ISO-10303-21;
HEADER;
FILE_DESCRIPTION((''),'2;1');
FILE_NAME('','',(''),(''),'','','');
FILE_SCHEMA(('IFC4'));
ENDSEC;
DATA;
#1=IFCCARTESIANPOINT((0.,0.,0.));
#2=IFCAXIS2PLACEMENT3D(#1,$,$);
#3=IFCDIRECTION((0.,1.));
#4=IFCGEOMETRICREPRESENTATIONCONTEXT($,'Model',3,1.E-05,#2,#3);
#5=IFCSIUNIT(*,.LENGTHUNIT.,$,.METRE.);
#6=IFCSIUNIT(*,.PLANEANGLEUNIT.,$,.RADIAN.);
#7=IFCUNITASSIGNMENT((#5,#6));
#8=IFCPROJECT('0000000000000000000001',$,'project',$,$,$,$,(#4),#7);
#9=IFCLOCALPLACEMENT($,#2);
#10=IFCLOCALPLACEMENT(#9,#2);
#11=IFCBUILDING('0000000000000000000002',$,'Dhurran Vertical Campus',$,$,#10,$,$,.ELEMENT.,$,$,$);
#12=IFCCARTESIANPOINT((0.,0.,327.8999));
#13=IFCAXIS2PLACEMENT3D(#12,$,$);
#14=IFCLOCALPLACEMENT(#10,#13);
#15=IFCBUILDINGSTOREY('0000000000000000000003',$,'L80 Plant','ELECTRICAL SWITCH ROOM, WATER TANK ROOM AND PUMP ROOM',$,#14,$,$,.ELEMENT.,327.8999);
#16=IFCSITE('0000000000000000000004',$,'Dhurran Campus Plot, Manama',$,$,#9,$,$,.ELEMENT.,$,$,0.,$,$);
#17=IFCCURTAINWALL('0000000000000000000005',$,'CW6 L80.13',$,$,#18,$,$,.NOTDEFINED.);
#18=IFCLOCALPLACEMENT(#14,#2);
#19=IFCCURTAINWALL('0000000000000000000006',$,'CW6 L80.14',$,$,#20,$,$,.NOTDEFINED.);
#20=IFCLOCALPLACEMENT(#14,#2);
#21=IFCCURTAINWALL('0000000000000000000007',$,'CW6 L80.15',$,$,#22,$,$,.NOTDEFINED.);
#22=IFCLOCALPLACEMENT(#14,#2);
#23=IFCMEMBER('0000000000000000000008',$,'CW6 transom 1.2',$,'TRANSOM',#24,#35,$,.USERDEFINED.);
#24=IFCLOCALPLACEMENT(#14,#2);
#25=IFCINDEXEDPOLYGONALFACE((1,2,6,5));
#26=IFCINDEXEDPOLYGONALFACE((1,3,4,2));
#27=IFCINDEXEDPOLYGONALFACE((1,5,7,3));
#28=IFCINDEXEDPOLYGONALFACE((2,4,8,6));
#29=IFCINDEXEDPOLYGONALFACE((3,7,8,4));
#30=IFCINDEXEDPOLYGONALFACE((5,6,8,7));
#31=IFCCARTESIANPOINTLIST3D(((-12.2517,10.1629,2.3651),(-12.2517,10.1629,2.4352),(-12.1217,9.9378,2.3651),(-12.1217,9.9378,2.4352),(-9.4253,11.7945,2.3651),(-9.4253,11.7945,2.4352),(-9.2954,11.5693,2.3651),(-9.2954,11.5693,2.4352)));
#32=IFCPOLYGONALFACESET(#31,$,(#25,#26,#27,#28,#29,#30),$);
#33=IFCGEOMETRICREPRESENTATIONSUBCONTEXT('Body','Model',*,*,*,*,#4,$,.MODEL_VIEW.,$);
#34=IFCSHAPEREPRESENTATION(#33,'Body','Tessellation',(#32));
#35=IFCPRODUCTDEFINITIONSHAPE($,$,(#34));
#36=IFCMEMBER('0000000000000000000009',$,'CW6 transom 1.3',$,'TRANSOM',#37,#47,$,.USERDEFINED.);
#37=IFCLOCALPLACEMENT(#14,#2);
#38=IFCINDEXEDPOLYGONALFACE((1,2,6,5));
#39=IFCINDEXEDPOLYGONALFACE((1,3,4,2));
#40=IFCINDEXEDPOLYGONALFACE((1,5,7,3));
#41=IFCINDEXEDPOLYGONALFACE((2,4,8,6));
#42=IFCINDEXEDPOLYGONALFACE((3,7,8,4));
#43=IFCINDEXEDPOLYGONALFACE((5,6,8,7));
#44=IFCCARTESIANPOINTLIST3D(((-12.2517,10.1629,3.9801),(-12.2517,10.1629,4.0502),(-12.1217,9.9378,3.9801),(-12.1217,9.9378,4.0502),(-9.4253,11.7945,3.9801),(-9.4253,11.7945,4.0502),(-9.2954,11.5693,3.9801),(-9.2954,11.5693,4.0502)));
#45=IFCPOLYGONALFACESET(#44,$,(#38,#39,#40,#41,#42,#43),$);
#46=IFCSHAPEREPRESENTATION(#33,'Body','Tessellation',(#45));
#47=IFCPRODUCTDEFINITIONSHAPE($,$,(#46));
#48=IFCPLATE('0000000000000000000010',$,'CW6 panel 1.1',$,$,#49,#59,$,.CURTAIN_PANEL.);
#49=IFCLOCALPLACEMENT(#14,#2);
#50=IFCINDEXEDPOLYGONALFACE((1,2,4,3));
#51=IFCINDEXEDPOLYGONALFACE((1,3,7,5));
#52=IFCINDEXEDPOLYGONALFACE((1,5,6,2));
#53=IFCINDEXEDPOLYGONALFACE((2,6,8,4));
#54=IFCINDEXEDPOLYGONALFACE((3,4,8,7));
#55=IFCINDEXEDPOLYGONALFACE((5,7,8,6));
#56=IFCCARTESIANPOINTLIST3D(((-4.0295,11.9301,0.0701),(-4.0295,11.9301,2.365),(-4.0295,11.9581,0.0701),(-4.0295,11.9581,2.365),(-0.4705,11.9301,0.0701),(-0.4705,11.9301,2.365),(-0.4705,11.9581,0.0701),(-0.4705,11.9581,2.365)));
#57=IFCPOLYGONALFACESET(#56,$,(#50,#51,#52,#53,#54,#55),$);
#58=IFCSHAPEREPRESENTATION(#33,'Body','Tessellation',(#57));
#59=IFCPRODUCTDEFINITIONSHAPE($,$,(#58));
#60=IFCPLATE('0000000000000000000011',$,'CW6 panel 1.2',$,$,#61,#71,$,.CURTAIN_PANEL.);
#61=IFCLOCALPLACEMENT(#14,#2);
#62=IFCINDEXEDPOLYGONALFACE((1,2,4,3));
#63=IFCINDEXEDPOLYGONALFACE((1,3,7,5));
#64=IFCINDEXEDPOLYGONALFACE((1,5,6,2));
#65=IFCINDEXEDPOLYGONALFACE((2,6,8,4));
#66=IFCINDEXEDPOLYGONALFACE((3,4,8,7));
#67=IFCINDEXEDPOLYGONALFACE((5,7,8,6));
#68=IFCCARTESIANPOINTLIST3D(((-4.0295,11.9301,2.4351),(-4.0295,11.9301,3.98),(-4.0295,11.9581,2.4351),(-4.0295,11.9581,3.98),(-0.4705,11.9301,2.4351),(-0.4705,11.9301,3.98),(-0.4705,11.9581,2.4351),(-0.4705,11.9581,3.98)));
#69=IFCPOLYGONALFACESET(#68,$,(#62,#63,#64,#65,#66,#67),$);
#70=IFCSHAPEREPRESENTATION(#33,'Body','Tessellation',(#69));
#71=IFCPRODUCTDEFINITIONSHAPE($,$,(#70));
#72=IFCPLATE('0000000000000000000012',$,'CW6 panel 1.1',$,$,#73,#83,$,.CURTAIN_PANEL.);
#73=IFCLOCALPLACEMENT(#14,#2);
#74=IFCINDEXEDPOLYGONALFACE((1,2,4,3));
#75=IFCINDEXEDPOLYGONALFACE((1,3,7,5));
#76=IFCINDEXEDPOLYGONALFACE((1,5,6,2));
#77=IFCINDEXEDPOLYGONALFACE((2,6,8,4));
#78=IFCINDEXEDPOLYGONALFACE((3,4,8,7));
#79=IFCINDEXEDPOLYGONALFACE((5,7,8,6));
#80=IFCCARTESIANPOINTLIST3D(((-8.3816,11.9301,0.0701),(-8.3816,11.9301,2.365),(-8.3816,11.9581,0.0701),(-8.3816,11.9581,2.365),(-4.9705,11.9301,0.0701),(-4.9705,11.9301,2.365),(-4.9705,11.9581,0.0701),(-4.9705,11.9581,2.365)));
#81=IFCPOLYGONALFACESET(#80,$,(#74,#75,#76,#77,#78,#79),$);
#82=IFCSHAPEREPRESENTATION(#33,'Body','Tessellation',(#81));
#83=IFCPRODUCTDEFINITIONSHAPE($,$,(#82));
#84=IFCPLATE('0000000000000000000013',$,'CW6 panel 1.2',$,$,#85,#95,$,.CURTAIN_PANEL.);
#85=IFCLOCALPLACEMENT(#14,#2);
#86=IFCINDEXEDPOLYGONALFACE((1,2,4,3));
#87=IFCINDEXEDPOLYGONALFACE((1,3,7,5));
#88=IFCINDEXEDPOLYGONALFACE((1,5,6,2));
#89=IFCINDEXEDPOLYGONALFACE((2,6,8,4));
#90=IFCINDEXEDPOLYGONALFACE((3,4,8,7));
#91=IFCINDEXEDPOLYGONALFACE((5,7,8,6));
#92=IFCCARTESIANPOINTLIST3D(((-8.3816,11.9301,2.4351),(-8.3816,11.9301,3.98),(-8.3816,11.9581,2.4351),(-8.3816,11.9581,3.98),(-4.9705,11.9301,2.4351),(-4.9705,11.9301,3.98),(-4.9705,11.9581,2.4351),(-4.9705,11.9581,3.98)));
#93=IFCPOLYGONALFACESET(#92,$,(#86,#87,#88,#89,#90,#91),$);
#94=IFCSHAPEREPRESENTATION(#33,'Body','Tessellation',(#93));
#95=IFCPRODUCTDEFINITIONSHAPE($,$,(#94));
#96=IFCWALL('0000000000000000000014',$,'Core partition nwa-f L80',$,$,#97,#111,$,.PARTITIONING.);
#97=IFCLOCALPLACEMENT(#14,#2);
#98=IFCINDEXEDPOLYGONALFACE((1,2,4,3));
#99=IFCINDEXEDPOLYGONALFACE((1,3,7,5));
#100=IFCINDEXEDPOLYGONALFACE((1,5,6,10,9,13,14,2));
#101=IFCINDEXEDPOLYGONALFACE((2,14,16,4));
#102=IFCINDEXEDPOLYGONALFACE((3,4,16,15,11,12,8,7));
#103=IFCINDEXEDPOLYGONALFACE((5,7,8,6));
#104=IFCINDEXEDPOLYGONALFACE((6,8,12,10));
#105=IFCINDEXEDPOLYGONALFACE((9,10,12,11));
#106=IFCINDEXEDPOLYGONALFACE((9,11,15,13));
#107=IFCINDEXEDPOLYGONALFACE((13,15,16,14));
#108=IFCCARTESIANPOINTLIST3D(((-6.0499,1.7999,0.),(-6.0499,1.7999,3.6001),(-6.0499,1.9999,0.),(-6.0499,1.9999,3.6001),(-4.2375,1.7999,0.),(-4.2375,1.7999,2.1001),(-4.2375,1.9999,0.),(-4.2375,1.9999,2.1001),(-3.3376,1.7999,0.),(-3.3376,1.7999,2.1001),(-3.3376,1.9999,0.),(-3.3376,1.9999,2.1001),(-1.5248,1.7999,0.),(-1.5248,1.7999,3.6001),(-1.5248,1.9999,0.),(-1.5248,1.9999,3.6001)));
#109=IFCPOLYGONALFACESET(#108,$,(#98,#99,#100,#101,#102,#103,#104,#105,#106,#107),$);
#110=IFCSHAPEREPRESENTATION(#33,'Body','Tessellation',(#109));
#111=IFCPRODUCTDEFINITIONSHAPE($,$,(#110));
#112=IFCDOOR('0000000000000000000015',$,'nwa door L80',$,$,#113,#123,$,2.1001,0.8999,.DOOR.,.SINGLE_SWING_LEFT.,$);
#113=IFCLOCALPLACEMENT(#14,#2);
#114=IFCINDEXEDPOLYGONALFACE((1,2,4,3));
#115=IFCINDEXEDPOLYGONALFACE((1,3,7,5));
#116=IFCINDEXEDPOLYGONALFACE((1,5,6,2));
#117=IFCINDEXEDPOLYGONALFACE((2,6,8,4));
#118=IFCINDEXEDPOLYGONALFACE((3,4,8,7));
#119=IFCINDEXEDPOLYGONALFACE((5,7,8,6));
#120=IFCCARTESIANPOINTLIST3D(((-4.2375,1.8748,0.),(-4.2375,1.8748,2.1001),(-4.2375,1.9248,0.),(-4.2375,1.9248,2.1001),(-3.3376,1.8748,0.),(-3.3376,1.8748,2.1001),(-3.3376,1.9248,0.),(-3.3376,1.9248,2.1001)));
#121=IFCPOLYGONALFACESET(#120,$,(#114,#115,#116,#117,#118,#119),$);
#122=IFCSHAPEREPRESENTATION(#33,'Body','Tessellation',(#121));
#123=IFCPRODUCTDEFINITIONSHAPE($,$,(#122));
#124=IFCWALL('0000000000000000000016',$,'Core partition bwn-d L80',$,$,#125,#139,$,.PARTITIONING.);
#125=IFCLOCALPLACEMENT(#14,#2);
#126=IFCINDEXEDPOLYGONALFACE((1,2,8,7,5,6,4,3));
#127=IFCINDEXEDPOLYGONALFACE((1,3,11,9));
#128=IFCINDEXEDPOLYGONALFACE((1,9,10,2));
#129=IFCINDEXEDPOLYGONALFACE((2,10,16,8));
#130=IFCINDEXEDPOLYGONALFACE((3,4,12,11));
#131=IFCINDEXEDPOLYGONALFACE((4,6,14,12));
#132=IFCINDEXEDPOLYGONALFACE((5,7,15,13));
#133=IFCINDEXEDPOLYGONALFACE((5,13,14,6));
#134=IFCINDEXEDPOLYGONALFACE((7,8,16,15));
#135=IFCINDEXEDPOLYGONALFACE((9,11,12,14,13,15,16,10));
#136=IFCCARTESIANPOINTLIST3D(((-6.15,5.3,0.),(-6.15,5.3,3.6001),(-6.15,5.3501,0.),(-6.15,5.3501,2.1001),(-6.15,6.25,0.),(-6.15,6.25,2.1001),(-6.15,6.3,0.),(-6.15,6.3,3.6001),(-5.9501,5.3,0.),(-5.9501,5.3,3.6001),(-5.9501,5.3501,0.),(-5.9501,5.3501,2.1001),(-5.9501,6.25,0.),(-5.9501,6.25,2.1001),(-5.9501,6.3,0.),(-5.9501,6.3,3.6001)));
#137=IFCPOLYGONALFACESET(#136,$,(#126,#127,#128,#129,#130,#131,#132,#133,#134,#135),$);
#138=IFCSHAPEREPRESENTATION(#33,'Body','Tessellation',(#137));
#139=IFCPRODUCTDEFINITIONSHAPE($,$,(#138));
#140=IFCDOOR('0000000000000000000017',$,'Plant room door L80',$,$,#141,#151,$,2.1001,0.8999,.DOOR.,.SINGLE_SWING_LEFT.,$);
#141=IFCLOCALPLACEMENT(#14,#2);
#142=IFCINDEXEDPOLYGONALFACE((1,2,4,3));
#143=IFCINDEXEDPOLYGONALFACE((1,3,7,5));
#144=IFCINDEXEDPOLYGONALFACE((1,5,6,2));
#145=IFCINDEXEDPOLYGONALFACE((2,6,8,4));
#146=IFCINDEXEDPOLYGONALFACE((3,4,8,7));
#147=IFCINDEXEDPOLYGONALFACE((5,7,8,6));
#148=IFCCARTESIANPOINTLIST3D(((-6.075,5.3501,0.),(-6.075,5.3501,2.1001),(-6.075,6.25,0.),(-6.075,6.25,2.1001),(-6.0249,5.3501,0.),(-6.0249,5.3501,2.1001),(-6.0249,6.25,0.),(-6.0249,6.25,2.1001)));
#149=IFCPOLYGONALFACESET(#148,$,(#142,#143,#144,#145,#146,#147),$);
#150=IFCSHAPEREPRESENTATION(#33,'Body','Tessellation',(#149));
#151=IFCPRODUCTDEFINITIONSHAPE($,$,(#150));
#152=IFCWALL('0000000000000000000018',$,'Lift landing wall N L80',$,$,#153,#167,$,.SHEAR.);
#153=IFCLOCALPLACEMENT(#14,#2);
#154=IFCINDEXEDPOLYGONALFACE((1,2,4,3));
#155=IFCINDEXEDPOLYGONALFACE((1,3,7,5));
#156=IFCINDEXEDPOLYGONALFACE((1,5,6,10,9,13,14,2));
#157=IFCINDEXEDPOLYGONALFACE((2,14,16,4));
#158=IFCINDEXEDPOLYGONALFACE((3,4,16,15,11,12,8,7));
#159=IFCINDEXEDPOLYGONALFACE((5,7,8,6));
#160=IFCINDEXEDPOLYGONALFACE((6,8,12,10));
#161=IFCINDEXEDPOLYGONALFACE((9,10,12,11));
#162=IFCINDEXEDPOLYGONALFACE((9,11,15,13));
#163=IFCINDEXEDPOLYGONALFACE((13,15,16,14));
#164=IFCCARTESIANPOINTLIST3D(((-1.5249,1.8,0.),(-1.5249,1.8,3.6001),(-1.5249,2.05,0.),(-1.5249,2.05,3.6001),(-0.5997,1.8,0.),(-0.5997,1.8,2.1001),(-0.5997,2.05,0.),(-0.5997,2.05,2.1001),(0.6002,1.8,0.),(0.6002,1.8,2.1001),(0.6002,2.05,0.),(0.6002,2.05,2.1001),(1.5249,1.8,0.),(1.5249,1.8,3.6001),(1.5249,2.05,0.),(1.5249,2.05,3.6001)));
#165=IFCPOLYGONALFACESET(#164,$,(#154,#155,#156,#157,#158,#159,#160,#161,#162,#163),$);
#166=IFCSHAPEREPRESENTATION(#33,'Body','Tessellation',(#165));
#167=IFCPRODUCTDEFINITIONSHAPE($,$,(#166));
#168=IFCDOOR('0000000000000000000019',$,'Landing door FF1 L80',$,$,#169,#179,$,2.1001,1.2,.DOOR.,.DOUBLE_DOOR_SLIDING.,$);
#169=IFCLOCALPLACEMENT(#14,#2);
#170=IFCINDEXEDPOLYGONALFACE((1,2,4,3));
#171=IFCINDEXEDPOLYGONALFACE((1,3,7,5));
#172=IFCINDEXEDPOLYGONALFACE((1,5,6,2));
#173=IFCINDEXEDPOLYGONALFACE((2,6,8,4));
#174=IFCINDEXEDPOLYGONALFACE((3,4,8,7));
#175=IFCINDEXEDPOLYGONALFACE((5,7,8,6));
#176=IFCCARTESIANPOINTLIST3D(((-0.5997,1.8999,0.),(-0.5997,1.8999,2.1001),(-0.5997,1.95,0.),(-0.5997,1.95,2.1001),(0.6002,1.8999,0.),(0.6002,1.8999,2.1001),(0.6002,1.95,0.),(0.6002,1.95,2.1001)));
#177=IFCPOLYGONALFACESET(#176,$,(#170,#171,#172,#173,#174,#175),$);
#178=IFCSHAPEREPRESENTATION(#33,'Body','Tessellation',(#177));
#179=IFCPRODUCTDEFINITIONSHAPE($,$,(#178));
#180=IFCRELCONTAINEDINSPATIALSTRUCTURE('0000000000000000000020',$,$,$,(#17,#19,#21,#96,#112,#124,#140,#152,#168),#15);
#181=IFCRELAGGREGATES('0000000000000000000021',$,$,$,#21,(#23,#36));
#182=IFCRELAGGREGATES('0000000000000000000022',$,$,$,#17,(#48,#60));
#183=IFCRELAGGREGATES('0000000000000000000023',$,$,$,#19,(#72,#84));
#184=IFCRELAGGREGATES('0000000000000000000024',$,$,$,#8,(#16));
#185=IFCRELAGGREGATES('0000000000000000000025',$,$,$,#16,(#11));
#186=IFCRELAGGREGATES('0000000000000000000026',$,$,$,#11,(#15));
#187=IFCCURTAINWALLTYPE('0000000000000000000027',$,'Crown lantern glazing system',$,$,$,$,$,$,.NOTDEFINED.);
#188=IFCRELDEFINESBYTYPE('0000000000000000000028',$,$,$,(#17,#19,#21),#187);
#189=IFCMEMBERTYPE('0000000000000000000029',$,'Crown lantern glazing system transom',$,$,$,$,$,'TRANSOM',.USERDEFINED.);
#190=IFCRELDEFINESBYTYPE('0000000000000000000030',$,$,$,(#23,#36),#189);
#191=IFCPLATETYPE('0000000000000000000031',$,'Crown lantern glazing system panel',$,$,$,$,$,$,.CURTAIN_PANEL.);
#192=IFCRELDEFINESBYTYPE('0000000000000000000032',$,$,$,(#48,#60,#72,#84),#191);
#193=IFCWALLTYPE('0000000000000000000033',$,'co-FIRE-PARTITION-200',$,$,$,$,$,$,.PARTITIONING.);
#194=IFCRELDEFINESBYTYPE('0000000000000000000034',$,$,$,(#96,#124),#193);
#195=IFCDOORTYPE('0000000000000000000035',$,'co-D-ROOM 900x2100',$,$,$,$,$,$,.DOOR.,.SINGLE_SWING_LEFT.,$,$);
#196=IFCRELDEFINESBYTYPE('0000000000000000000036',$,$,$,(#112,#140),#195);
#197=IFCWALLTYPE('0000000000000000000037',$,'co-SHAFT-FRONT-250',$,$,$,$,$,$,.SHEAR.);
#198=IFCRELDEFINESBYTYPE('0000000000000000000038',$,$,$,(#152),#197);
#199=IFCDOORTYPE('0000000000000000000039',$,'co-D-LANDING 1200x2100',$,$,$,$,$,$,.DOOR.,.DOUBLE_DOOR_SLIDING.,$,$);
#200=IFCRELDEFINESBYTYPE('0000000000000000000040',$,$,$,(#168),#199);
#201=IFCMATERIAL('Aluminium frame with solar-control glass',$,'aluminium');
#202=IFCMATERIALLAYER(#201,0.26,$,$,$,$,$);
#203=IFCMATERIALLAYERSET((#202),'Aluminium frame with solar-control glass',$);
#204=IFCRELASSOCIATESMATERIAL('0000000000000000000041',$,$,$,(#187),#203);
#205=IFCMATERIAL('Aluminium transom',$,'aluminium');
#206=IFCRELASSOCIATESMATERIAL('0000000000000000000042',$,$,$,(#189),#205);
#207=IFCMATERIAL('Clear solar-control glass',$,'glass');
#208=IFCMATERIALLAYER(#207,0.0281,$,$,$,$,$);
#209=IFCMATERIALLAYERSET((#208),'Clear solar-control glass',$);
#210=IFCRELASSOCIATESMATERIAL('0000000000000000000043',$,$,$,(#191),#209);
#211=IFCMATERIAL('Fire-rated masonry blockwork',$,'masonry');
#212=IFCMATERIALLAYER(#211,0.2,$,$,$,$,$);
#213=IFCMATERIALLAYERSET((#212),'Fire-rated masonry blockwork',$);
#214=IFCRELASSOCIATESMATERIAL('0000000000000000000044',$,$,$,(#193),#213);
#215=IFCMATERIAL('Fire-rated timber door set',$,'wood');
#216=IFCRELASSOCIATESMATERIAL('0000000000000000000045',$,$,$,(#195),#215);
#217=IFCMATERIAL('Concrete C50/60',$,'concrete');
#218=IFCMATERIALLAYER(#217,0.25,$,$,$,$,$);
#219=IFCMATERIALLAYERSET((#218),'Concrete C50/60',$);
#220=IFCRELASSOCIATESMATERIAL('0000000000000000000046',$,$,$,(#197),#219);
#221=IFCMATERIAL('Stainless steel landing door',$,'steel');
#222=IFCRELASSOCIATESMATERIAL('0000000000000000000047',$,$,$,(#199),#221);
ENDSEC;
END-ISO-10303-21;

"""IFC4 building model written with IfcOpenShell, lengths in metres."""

from ifc_helpers import new_model, si_unit, direction, frame, frame_2d, origin, origin_2d, place, context, subcontext, project, spatial, rectangle, extrude, material, layer, layer_set, material_profile, profile_set, type_object, element, fill, aggregate, save


model = new_model("IFC4")

# Units and contexts
model_context = context("Model", 3, precision=1e-05, world=origin(), true_north=direction((0.0, 1.0)))
body_context = subcontext(model_context, "Body", "Model", "MODEL_VIEW")
ifc_project = project(units=[si_unit("LENGTHUNIT", "METRE"), si_unit("PLANEANGLEUNIT", "RADIAN")], contexts=[model_context])

# Site, building, storey
site_placement = place(None, origin())
site = spatial("IfcSite", under=ifc_project, at=site_placement, Name="Dhurran Campus Plot, Manama", CompositionType="ELEMENT", RefElevation=0.0)
building_placement = place(site_placement, origin())
building = spatial("IfcBuilding", under=site, at=building_placement, Name="Dhurran Vertical Campus", CompositionType="ELEMENT")
storey_placement = place(building_placement, frame((0.0, 0.0, 327.8999)))
storey = spatial("IfcBuildingStorey", under=building, at=storey_placement, Name="L80 Plant", Description="ELECTRICAL SWITCH ROOM, WATER TANK ROOM AND PUMP ROOM", CompositionType="ELEMENT", Elevation=327.8999)

# Curtain walls
ifc_material_1 = material(Name="Aluminium frame with solar-control glass", Category="aluminium")
ifc_layer_1 = layer(ifc_material_1, 0.26)
ifc_layer_set_1 = layer_set([ifc_layer_1], Name="Aluminium frame with solar-control glass")
curtain_wall_type = type_object("IfcCurtainWallType", Name="Crown lantern glazing system", PredefinedType="NOTDEFINED", material=ifc_layer_set_1)
curtain_wall_1_placement = place(storey_placement, origin())
curtain_wall_1 = element("IfcCurtainWall", 1, at=curtain_wall_1_placement, inside=storey, type_object=curtain_wall_type, Name="CW6 L80.13", PredefinedType="NOTDEFINED")
curtain_wall_2_placement = place(storey_placement, origin())
curtain_wall_2 = element("IfcCurtainWall", 2, at=curtain_wall_2_placement, inside=storey, type_object=curtain_wall_type, Name="CW6 L80.14", PredefinedType="NOTDEFINED")

# Curtain wall
curtain_wall_3_placement = place(storey_placement, origin())
curtain_wall_3 = element("IfcCurtainWall", 3, at=curtain_wall_3_placement, inside=storey, type_object=curtain_wall_type, Name="CW6 L80.15", PredefinedType="NOTDEFINED")

# Members
ifc_material_2 = material(Name="Aluminium transom", Category="aluminium")
ifc_material_profile_1 = material_profile(ifc_material_2, rectangle(XDim=0.26, YDim=0.0701, at=origin_2d()), Name="Crown lantern glazing system transom")
ifc_profile_set_1 = profile_set([ifc_material_profile_1], Name="Aluminium transom")
member_type_1 = type_object("IfcMemberType", Name="Crown lantern glazing system transom", ElementType="TRANSOM", PredefinedType="USERDEFINED", material=ifc_profile_set_1)
member_1_placement = place(storey_placement, frame((-9.3604, 11.6819, 2.4001), z_axis=(-0.866057, -0.499945, 0.0), x_axis=(0.499945, -0.866057, 0.0)))
member_1 = element("IfcMember", 4, at=member_1_placement, type_object=member_type_1, Name="CW6 transom 1.2", ObjectType="TRANSOM", PredefinedType="USERDEFINED", context=body_context, shape_type="SweptSolid", body=[
    extrude(rectangle(XDim=0.26, YDim=0.0701, at=origin_2d()), origin(), (0.0, 0.0, 1.0), 3.2634),
])
member_2_placement = place(storey_placement, frame((-9.3604, 11.6819, 4.0151), z_axis=(-0.866057, -0.499945, 0.0), x_axis=(0.499945, -0.866057, 0.0)))
member_2 = element("IfcMember", 5, at=member_2_placement, type_object=member_type_1, Name="CW6 transom 1.3", ObjectType="TRANSOM", PredefinedType="USERDEFINED", context=body_context, shape_type="SweptSolid", body=[
    extrude(rectangle(XDim=0.26, YDim=0.0701, at=origin_2d()), origin(), (0.0, 0.0, 1.0), 3.2634),
])
aggregate(curtain_wall_3, [member_1, member_2])

# Plates
ifc_material_3 = material(Name="Clear solar-control glass", Category="glass")
ifc_layer_2 = layer(ifc_material_3, 0.0281)
ifc_layer_set_2 = layer_set([ifc_layer_2], Name="Clear solar-control glass")
plate_type = type_object("IfcPlateType", Name="Crown lantern glazing system panel", PredefinedType="CURTAIN_PANEL", material=ifc_layer_set_2)
plate_1_placement = place(storey_placement, frame((-2.25, 11.9441, 0.0701), z_axis=(0.0, 0.0, 1.0), x_axis=(-1.0, 0.0, 0.0)))
plate_1 = element("IfcPlate", 6, at=plate_1_placement, type_object=plate_type, Name="CW6 panel 1.1", PredefinedType="CURTAIN_PANEL", context=body_context, shape_type="SweptSolid", body=[
    extrude(rectangle(XDim=3.5591, YDim=0.0281, at=origin_2d()), origin(), (0.0, 0.0, 1.0), 2.2949),
])
plate_2_placement = place(storey_placement, frame((-2.25, 11.9441, 2.4351), z_axis=(0.0, 0.0, 1.0), x_axis=(-1.0, 0.0, 0.0)))
plate_2 = element("IfcPlate", 7, at=plate_2_placement, type_object=plate_type, Name="CW6 panel 1.2", PredefinedType="CURTAIN_PANEL", context=body_context, shape_type="SweptSolid", body=[
    extrude(rectangle(XDim=3.5591, YDim=0.0281, at=origin_2d()), origin(), (0.0, 0.0, 1.0), 1.5449),
])
aggregate(curtain_wall_1, [plate_1, plate_2])
plate_3_placement = place(storey_placement, frame((-6.676, 11.9441, 0.0701), z_axis=(0.0, 0.0, 1.0), x_axis=(-1.0, 0.0, 0.0)))
plate_3 = element("IfcPlate", 8, at=plate_3_placement, type_object=plate_type, Name="CW6 panel 1.1", PredefinedType="CURTAIN_PANEL", context=body_context, shape_type="SweptSolid", body=[
    extrude(rectangle(XDim=3.4111, YDim=0.0281, at=origin_2d()), origin(), (0.0, 0.0, 1.0), 2.2949),
])
plate_4_placement = place(storey_placement, frame((-6.676, 11.9441, 2.4351), z_axis=(0.0, 0.0, 1.0), x_axis=(-1.0, 0.0, 0.0)))
plate_4 = element("IfcPlate", 9, at=plate_4_placement, type_object=plate_type, Name="CW6 panel 1.2", PredefinedType="CURTAIN_PANEL", context=body_context, shape_type="SweptSolid", body=[
    extrude(rectangle(XDim=3.4111, YDim=0.0281, at=origin_2d()), origin(), (0.0, 0.0, 1.0), 1.5449),
])
aggregate(curtain_wall_2, [plate_3, plate_4])

# Walls, openings, doors
ifc_material_4 = material(Name="Fire-rated masonry blockwork", Category="masonry")
ifc_layer_3 = layer(ifc_material_4, 0.2)
ifc_layer_set_3 = layer_set([ifc_layer_3], Name="Fire-rated masonry blockwork")
wall_type_1 = type_object("IfcWallType", Name="co-FIRE-PARTITION-200", PredefinedType="PARTITIONING", material=ifc_layer_set_3)
wall_1_placement = place(storey_placement, frame((-6.05, 1.8999, 0.0), z_axis=(0.0, 0.0, 1.0), x_axis=(1.0, 0.0, 0.0)))
wall_1 = element("IfcWall", 10, at=wall_1_placement, inside=storey, type_object=wall_type_1, Name="Core partition nwa-f L80", PredefinedType="PARTITIONING", context=body_context, shape_type="SweptSolid", body=[
    extrude(rectangle(XDim=4.5251, YDim=0.2, at=frame_2d((2.2627, 0.0))), origin(), (0.0, 0.0, 1.0), 3.6001),
])
opening_1_placement = place(wall_1_placement, frame((1.8125, 0.0, 0.0)))
opening_1 = element("IfcOpeningElement", 11, at=opening_1_placement, cuts=wall_1, PredefinedType="OPENING", context=body_context, shape_type="SweptSolid", body=[
    extrude(rectangle(XDim=0.8999, YDim=2.1001, at=frame_2d((0.45, 1.05))), frame((0.0, 0.1099, 0.0), z_axis=(0.0, -1.0, 0.0), x_axis=(1.0, 0.0, 0.0)), (0.0, 0.0, 1.0), 0.22),
])
ifc_material_5 = material(Name="Fire-rated timber door set", Category="wood")
door_type_1 = type_object("IfcDoorType", Name="co-D-ROOM 900x2100", OperationType="SINGLE_SWING_LEFT", PredefinedType="DOOR", material=ifc_material_5)
door_1_placement = place(opening_1_placement, origin())
door_1 = element("IfcDoor", 12, at=door_1_placement, inside=storey, type_object=door_type_1, Name="nwa door L80", OperationType="SINGLE_SWING_LEFT", OverallHeight=2.1001, OverallWidth=0.8999, PredefinedType="DOOR", context=body_context, shape_type="SweptSolid", body=[
    extrude(rectangle(XDim=0.8999, YDim=2.1001, at=frame_2d((0.45, 1.05))), frame((0.0, 0.0249, 0.0), z_axis=(0.0, -1.0, 0.0), x_axis=(1.0, 0.0, 0.0)), (0.0, 0.0, 1.0), 0.05),
])
fill(opening_1, door_1)
wall_2_placement = place(storey_placement, frame((-6.05, 5.3, 0.0), z_axis=(0.0, 0.0, 1.0), x_axis=(0.0, 1.0, 0.0)))
wall_2 = element("IfcWall", 13, at=wall_2_placement, inside=storey, type_object=wall_type_1, Name="Core partition bwn-d L80", PredefinedType="PARTITIONING", context=body_context, shape_type="SweptSolid", body=[
    extrude(rectangle(XDim=1.0, YDim=0.2, at=frame_2d((0.5, 0.0))), origin(), (0.0, 0.0, 1.0), 3.6001),
])
opening_2_placement = place(wall_2_placement, frame((0.05, 0.0, 0.0)))
opening_2 = element("IfcOpeningElement", 14, at=opening_2_placement, cuts=wall_2, PredefinedType="OPENING", context=body_context, shape_type="SweptSolid", body=[
    extrude(rectangle(XDim=0.8999, YDim=2.1001, at=frame_2d((0.45, 1.05))), frame((0.0, 0.1099, 0.0), z_axis=(0.0, -1.0, 0.0), x_axis=(1.0, 0.0, 0.0)), (0.0, 0.0, 1.0), 0.22),
])
door_2_placement = place(opening_2_placement, origin())
door_2 = element("IfcDoor", 15, at=door_2_placement, inside=storey, type_object=door_type_1, Name="Plant room door L80", OperationType="SINGLE_SWING_LEFT", OverallHeight=2.1001, OverallWidth=0.8999, PredefinedType="DOOR", context=body_context, shape_type="SweptSolid", body=[
    extrude(rectangle(XDim=0.8999, YDim=2.1001, at=frame_2d((0.45, 1.05))), frame((0.0, 0.0249, 0.0), z_axis=(0.0, -1.0, 0.0), x_axis=(1.0, 0.0, 0.0)), (0.0, 0.0, 1.0), 0.05),
])
fill(opening_2, door_2)
ifc_material_6 = material(Name="Concrete C50/60", Category="concrete")
ifc_layer_4 = layer(ifc_material_6, 0.25)
ifc_layer_set_4 = layer_set([ifc_layer_4], Name="Concrete C50/60")
wall_type_2 = type_object("IfcWallType", Name="co-SHAFT-FRONT-250", PredefinedType="SHEAR", material=ifc_layer_set_4)
wall_3_placement = place(storey_placement, frame((-1.5249, 1.925, 0.0), z_axis=(0.0, 0.0, 1.0), x_axis=(1.0, 0.0, 0.0)))
wall_3 = element("IfcWall", 16, at=wall_3_placement, inside=storey, type_object=wall_type_2, Name="Lift landing wall N L80", PredefinedType="SHEAR", context=body_context, shape_type="SweptSolid", body=[
    extrude(rectangle(XDim=3.0498, YDim=0.25, at=frame_2d((1.5249, 0.0))), origin(), (0.0, 0.0, 1.0), 3.6001),
])
opening_3_placement = place(wall_3_placement, frame((0.925, 0.0, 0.0)))
opening_3 = element("IfcOpeningElement", 17, at=opening_3_placement, cuts=wall_3, PredefinedType="OPENING", context=body_context, shape_type="SweptSolid", body=[
    extrude(rectangle(XDim=1.2, YDim=2.1001, at=frame_2d((0.6001, 1.05))), frame((0.0, 0.135, 0.0), z_axis=(0.0, -1.0, 0.0), x_axis=(1.0, 0.0, 0.0)), (0.0, 0.0, 1.0), 0.27),
])
ifc_material_7 = material(Name="Stainless steel landing door", Category="steel")
door_type_2 = type_object("IfcDoorType", Name="co-D-LANDING 1200x2100", OperationType="DOUBLE_DOOR_SLIDING", PredefinedType="DOOR", material=ifc_material_7)
door_3_placement = place(opening_3_placement, origin())
door_3 = element("IfcDoor", 18, at=door_3_placement, inside=storey, type_object=door_type_2, Name="Landing door FF1 L80", OperationType="DOUBLE_DOOR_SLIDING", OverallHeight=2.1001, OverallWidth=1.2, PredefinedType="DOOR", context=body_context, shape_type="SweptSolid", body=[
    extrude(rectangle(XDim=1.2, YDim=2.1001, at=frame_2d((0.6001, 1.05))), frame((0.0, 0.0249, 0.0), z_axis=(0.0, -1.0, 0.0), x_axis=(1.0, 0.0, 0.0)), (0.0, 0.0, 1.0), 0.05),
])
fill(opening_3, door_3)

save(model, "model.ifc")
